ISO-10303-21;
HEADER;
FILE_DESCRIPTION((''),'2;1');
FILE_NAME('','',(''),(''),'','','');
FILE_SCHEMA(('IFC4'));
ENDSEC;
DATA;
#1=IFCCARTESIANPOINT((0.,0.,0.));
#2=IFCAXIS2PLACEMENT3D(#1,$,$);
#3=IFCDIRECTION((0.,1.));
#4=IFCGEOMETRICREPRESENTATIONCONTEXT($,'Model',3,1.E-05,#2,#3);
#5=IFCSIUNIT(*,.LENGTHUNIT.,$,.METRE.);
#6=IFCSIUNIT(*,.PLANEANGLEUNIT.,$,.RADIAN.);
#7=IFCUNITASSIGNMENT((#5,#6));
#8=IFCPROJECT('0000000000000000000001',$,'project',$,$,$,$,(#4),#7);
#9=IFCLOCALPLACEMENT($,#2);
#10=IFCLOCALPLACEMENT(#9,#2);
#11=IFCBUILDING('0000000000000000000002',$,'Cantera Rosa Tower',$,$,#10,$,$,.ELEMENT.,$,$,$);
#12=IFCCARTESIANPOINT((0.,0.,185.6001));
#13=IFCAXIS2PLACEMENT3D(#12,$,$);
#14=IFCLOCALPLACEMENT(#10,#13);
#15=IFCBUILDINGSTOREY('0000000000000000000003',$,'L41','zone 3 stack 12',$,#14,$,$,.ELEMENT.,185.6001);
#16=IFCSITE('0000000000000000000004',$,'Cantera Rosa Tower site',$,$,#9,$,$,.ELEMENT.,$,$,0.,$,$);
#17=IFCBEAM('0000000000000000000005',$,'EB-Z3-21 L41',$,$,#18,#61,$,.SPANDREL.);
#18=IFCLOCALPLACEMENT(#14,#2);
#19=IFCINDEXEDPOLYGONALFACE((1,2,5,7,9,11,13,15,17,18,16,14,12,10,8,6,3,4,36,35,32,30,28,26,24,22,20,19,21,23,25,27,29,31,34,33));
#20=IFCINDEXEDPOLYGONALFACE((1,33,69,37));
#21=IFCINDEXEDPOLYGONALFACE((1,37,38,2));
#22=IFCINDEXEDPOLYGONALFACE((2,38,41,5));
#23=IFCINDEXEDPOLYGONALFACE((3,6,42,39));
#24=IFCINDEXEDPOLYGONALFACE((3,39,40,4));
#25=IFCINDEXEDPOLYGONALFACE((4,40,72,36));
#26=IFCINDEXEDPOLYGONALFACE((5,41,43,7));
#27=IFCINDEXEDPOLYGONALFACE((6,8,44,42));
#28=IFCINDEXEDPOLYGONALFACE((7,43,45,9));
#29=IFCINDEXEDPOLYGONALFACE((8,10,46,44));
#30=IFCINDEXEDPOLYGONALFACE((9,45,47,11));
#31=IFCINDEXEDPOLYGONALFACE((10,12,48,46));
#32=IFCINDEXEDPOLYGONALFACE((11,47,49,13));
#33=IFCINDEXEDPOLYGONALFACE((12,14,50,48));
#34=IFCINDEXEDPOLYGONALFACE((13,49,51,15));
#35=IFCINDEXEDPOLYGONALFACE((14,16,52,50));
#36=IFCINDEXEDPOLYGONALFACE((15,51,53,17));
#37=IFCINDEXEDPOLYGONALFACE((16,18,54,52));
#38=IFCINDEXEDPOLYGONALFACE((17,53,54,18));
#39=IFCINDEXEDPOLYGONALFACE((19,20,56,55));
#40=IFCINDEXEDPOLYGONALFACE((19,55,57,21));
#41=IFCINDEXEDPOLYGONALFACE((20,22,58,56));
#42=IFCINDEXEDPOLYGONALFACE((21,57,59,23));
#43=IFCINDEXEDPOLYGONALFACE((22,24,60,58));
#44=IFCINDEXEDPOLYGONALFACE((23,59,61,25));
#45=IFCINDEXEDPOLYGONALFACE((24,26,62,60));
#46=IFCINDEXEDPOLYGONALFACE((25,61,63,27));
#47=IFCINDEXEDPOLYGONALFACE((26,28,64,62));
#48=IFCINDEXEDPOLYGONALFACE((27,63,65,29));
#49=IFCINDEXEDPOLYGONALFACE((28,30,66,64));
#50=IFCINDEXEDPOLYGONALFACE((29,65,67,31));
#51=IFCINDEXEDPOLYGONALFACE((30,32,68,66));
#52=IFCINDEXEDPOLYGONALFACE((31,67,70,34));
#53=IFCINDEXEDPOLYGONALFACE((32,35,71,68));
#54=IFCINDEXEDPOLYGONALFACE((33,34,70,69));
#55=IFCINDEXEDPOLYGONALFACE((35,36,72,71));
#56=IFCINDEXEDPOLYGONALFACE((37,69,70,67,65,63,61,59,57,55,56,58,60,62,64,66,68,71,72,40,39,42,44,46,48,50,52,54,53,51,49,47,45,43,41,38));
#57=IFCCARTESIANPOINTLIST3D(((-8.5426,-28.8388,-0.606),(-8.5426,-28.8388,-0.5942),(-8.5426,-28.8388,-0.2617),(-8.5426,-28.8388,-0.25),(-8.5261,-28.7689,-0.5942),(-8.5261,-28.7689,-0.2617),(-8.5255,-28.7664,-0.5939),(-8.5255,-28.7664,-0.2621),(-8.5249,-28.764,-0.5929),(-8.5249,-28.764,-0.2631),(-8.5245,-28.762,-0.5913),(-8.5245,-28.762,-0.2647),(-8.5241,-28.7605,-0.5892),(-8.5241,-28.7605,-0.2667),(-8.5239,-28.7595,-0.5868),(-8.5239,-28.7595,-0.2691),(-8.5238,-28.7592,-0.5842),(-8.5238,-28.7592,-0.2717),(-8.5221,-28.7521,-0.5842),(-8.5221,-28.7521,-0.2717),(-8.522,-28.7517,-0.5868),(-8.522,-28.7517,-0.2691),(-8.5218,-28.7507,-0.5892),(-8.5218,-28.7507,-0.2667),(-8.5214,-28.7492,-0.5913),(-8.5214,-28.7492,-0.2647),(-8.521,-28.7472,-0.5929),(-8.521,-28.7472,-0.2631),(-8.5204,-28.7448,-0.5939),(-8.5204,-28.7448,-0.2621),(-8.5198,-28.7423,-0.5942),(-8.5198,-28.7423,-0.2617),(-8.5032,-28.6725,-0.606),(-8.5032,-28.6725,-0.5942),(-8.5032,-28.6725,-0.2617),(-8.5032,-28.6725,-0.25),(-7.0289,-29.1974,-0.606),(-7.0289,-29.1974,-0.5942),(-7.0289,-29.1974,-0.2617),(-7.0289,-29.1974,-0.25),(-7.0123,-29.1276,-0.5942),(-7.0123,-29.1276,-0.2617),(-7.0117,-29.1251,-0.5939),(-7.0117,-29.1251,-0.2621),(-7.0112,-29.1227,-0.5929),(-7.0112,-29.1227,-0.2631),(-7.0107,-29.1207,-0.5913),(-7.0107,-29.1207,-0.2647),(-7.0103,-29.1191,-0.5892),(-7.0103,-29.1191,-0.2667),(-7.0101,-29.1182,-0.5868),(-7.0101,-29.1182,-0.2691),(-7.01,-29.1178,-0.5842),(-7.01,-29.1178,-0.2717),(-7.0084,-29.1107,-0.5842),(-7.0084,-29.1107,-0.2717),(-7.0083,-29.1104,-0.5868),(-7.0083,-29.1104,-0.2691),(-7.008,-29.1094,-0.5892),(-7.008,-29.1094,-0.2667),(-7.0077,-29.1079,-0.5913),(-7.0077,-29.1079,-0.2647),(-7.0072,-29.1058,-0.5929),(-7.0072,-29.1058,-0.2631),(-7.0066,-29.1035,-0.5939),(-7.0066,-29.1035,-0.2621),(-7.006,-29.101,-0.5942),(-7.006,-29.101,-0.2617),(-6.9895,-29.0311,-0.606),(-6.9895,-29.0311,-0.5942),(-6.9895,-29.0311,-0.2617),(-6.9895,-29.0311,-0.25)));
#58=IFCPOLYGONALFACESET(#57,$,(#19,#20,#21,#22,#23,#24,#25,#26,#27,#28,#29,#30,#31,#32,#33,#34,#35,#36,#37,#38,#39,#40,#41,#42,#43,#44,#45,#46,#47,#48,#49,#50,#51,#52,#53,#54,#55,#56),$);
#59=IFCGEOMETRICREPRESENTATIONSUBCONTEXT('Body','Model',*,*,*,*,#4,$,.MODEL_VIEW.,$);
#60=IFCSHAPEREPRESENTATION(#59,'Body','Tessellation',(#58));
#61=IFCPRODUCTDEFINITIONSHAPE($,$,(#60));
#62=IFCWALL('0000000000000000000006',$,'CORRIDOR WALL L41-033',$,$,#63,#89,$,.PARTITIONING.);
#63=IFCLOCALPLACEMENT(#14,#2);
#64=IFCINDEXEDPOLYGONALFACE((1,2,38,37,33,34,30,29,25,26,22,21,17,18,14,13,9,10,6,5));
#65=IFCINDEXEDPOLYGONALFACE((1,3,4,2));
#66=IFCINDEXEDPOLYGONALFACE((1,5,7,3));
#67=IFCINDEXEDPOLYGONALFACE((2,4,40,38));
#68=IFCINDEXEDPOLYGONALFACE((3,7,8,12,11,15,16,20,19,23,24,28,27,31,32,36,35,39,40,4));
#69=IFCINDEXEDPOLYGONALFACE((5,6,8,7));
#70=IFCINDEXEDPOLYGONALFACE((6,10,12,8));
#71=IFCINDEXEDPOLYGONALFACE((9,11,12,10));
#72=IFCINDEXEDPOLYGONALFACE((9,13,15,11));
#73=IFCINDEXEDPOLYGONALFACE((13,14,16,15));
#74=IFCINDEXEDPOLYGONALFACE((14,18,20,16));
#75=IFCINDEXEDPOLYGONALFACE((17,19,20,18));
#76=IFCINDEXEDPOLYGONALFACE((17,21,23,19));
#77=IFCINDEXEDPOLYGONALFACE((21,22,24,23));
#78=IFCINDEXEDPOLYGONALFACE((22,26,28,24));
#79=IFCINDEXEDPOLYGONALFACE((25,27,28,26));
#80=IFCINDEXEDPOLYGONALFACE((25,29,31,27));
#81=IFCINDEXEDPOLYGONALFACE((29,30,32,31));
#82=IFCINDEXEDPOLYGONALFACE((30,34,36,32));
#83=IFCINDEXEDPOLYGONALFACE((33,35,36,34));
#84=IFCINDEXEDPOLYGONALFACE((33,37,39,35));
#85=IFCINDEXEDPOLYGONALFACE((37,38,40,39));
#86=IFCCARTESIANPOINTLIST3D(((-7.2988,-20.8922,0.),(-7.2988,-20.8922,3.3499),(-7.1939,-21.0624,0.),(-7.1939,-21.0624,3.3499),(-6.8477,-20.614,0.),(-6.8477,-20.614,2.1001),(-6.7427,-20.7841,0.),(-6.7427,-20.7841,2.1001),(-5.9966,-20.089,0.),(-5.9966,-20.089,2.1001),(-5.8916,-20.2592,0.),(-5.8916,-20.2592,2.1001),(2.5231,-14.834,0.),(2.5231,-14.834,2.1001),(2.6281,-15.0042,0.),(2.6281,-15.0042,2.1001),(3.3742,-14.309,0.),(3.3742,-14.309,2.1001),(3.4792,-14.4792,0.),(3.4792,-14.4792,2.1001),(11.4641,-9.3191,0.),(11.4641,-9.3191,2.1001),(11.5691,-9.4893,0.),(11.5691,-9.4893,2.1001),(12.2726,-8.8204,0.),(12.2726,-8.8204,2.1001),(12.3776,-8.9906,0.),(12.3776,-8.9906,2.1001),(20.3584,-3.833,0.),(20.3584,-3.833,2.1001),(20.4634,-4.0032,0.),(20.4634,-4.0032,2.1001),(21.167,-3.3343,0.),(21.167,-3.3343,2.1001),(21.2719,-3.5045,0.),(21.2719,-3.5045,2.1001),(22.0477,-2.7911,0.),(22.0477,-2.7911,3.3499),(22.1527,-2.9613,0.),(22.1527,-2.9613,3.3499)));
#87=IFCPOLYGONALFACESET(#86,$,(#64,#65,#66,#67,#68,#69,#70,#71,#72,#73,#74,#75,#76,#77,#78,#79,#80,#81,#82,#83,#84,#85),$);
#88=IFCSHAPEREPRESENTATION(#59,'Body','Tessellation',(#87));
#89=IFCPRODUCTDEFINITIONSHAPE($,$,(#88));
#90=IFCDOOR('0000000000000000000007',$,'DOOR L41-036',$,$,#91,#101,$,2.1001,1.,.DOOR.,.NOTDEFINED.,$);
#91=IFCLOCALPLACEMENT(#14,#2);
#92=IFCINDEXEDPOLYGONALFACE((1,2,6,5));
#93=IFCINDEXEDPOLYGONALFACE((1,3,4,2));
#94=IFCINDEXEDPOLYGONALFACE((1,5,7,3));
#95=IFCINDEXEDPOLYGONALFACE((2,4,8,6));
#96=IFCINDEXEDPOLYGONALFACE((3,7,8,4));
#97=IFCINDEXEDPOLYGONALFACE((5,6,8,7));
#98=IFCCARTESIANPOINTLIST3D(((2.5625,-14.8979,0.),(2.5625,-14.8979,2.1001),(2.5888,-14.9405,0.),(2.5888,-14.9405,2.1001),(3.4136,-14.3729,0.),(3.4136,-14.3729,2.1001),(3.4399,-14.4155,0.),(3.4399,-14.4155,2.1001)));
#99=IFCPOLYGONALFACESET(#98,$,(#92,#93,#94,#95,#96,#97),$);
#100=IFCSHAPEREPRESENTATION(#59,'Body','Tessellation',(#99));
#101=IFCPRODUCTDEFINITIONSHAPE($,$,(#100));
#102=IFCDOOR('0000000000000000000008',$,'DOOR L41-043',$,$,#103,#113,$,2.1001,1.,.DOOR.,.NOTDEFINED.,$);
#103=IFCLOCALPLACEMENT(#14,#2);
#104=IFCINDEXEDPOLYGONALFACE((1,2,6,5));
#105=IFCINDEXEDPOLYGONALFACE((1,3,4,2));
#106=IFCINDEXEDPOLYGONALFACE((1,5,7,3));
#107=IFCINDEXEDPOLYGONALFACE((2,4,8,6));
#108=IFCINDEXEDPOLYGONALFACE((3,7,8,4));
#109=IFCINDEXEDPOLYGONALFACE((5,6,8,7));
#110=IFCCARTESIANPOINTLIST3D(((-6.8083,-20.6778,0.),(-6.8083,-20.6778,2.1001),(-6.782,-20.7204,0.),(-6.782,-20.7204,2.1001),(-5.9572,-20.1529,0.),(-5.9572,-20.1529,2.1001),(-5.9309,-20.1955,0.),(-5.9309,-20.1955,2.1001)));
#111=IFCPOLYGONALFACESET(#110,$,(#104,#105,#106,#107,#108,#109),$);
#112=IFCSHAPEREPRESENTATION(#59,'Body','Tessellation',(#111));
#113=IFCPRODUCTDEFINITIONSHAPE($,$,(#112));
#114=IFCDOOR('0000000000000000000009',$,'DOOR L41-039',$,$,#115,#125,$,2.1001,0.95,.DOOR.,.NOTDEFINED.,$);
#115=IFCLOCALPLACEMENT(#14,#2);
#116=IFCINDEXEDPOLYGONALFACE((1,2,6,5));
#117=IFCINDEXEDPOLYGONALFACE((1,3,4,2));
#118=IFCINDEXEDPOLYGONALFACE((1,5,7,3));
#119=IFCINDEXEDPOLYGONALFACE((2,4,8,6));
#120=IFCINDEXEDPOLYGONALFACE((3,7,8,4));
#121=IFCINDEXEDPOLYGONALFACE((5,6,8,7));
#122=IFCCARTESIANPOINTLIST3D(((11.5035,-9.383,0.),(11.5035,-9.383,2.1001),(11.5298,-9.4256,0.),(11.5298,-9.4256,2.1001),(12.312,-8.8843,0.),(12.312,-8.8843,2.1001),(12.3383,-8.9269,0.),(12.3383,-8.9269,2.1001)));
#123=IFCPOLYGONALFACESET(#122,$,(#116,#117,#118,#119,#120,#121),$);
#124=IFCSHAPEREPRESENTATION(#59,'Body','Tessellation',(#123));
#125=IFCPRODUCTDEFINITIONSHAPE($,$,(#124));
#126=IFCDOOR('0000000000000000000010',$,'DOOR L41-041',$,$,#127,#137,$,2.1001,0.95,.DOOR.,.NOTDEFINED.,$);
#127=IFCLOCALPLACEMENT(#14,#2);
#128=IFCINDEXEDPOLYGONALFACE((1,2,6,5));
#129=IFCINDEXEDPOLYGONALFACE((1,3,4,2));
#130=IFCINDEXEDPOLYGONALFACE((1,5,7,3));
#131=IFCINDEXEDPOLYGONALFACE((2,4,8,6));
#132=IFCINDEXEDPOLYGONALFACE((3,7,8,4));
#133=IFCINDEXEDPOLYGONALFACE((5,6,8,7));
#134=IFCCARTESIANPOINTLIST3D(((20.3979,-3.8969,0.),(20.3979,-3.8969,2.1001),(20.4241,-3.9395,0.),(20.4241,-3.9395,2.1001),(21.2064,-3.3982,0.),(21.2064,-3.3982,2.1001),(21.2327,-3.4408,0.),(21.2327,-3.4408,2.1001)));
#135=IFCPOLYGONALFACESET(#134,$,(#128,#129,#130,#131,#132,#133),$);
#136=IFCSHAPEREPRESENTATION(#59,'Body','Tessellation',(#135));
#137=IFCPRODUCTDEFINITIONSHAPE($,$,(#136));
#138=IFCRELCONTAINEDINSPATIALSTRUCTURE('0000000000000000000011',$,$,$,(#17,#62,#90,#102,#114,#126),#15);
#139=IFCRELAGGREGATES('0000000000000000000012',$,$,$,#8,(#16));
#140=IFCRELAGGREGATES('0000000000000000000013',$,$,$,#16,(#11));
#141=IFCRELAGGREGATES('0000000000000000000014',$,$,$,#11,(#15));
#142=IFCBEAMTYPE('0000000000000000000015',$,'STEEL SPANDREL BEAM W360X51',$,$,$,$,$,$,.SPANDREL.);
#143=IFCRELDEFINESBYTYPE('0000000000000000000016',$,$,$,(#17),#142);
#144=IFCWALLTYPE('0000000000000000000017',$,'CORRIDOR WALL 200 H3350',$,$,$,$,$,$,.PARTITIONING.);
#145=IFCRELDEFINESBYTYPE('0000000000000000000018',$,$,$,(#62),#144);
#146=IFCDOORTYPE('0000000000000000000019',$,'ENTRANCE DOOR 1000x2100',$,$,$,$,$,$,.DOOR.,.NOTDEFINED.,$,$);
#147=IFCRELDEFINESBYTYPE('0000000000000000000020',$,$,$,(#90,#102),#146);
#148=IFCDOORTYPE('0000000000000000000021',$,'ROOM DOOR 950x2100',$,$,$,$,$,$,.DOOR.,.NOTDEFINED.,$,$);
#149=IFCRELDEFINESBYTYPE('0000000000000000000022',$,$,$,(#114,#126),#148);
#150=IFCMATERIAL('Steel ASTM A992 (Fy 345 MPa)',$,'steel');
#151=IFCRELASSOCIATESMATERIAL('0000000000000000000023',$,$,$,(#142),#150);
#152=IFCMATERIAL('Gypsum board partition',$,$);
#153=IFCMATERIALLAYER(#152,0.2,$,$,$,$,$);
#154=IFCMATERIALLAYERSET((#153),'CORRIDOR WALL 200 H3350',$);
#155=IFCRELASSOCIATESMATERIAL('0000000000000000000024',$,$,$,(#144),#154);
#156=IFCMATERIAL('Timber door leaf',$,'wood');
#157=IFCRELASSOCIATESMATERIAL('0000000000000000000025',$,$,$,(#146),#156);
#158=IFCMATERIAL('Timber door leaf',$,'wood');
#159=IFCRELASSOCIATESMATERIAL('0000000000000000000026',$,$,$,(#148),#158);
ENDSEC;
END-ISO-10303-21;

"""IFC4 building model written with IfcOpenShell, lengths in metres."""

from ifc_helpers import new_model, si_unit, direction, frame, frame_2d, origin, origin_2d, place, context, subcontext, project, spatial, rectangle, i_section, extrude, material, layer, layer_set, material_profile, profile_set, type_object, element, fill, save


model = new_model("IFC4")

# Units and contexts
model_context = context("Model", 3, precision=1e-05, world=origin(), true_north=direction((0.0, 1.0)))
body_context = subcontext(model_context, "Body", "Model", "MODEL_VIEW")
ifc_project = project(units=[si_unit("LENGTHUNIT", "METRE"), si_unit("PLANEANGLEUNIT", "RADIAN")], contexts=[model_context])

# Site, building, storey
site_placement = place(None, origin())
site = spatial("IfcSite", under=ifc_project, at=site_placement, Name="Cantera Rosa Tower site", CompositionType="ELEMENT", RefElevation=0.0)
building_placement = place(site_placement, origin())
building = spatial("IfcBuilding", under=site, at=building_placement, Name="Cantera Rosa Tower", CompositionType="ELEMENT")
storey_placement = place(building_placement, frame((0.0, 0.0, 185.6001)))
storey = spatial("IfcBuildingStorey", under=building, at=storey_placement, Name="L41", Description="zone 3 stack 12", CompositionType="ELEMENT", Elevation=185.6001)

# Beam
ifc_material_1 = material(Name="Steel ASTM A992 (Fy 345 MPa)", Category="steel")
ifc_material_profile_1 = material_profile(ifc_material_1, i_section(OverallWidth=0.1709, OverallDepth=0.356, WebThickness=0.0073, FlangeThickness=0.0117, FilletRadius=0.01, at=origin_2d()), Name="W360X51")
ifc_profile_set_1 = profile_set([ifc_material_profile_1], Name="Steel ASTM A992 (Fy 345 MPa)")
beam_type_1 = type_object("IfcBeamType", Name="STEEL SPANDREL BEAM W360X51", PredefinedType="SPANDREL", material=ifc_profile_set_1)
beam_1_placement = place(storey_placement, frame((-8.5229, -28.7556, -0.428), z_axis=(0.97306, -0.230552, 0.0), x_axis=(0.230552, 0.97306, 0.0)))
element("IfcBeam", 1, at=beam_1_placement, inside=storey, type_object=beam_type_1, Name="EB-Z3-21 L41", PredefinedType="SPANDREL", context=body_context, shape_type="SweptSolid", body=[
    extrude(i_section(OverallWidth=0.1709, OverallDepth=0.356, WebThickness=0.0073, FlangeThickness=0.0117, FilletRadius=0.01, at=origin_2d()), origin(), (0.0, 0.0, 1.0), 1.5557),
])

# Wall, openings, doors
ifc_material_2 = material(Name="Gypsum board partition")
ifc_layer_1 = layer(ifc_material_2, 0.2)
ifc_layer_set_1 = layer_set([ifc_layer_1], Name="CORRIDOR WALL 200 H3350")
wall_type_1 = type_object("IfcWallType", Name="CORRIDOR WALL 200 H3350", PredefinedType="PARTITIONING", material=ifc_layer_set_1)
wall_1_placement = place(storey_placement, frame((-7.2463, -20.9773, 0.0), z_axis=(0.0, 0.0, 1.0), x_axis=(0.851118, 0.524975, 0.0)))
wall_1 = element("IfcWall", 2, at=wall_1_placement, inside=storey, type_object=wall_type_1, Name="CORRIDOR WALL L41-033", PredefinedType="PARTITIONING", context=body_context, shape_type="SweptSolid", body=[
    extrude(rectangle(XDim=34.48, YDim=0.2, at=frame_2d((17.24, 0.0))), origin(), (0.0, 0.0, 1.0), 3.3499),
])
opening_1_placement = place(wall_1_placement, frame((11.54, 0.0, 0.0)))
opening_1 = element("IfcOpeningElement", 3, at=opening_1_placement, cuts=wall_1, PredefinedType="OPENING", context=body_context, shape_type="SweptSolid", body=[
    extrude(rectangle(XDim=1.0, YDim=2.1001, at=frame_2d((0.5, 1.05))), frame((0.0, 0.1099, 0.0), z_axis=(0.0, -1.0, 0.0), x_axis=(1.0, 0.0, 0.0)), (0.0, 0.0, 1.0), 0.22),
])
opening_2_placement = place(wall_1_placement, frame((22.0449, 0.0, 0.0)))
opening_2 = element("IfcOpeningElement", 4, at=opening_2_placement, cuts=wall_1, PredefinedType="OPENING", context=body_context, shape_type="SweptSolid", body=[
    extrude(rectangle(XDim=0.95, YDim=2.1001, at=frame_2d((0.4751, 1.05))), frame((0.0, 0.1099, 0.0), z_axis=(0.0, -1.0, 0.0), x_axis=(1.0, 0.0, 0.0)), (0.0, 0.0, 1.0), 0.22),
])
opening_3_placement = place(wall_1_placement, frame((32.4951, 0.0, 0.0)))
opening_3 = element("IfcOpeningElement", 5, at=opening_3_placement, cuts=wall_1, PredefinedType="OPENING", context=body_context, shape_type="SweptSolid", body=[
    extrude(rectangle(XDim=0.95, YDim=2.1001, at=frame_2d((0.4751, 1.05))), frame((0.0, 0.1099, 0.0), z_axis=(0.0, -1.0, 0.0), x_axis=(1.0, 0.0, 0.0)), (0.0, 0.0, 1.0), 0.22),
])
opening_4_placement = place(wall_1_placement, frame((0.53, 0.0, 0.0)))
opening_4 = element("IfcOpeningElement", 6, at=opening_4_placement, cuts=wall_1, PredefinedType="OPENING", context=body_context, shape_type="SweptSolid", body=[
    extrude(rectangle(XDim=1.0, YDim=2.1001, at=frame_2d((0.5, 1.05))), frame((0.0, 0.1099, 0.0), z_axis=(0.0, -1.0, 0.0), x_axis=(1.0, 0.0, 0.0)), (0.0, 0.0, 1.0), 0.22),
])
ifc_material_3 = material(Name="Timber door leaf", Category="wood")
door_type_1 = type_object("IfcDoorType", Name="ENTRANCE DOOR 1000x2100", OperationType="NOTDEFINED", PredefinedType="DOOR", material=ifc_material_3)
door_1_placement = place(opening_1_placement, origin())
door_1 = element("IfcDoor", 7, at=door_1_placement, inside=storey, type_object=door_type_1, Name="DOOR L41-036", OperationType="NOTDEFINED", OverallHeight=2.1001, OverallWidth=1.0, PredefinedType="DOOR", context=body_context, shape_type="SweptSolid", body=[
    extrude(rectangle(XDim=1.0, YDim=2.1001, at=frame_2d((0.5, 1.05))), frame((0.0, 0.0249, 0.0), z_axis=(0.0, -1.0, 0.0), x_axis=(1.0, 0.0, 0.0)), (0.0, 0.0, 1.0), 0.05),
])
fill(opening_1, door_1)
door_2_placement = place(opening_4_placement, origin())
door_2 = element("IfcDoor", 8, at=door_2_placement, inside=storey, type_object=door_type_1, Name="DOOR L41-043", OperationType="NOTDEFINED", OverallHeight=2.1001, OverallWidth=1.0, PredefinedType="DOOR", context=body_context, shape_type="SweptSolid", body=[
    extrude(rectangle(XDim=1.0, YDim=2.1001, at=frame_2d((0.5, 1.05))), frame((0.0, 0.0249, 0.0), z_axis=(0.0, -1.0, 0.0), x_axis=(1.0, 0.0, 0.0)), (0.0, 0.0, 1.0), 0.05),
])
fill(opening_4, door_2)
ifc_material_4 = material(Name="Timber door leaf", Category="wood")
door_type_2 = type_object("IfcDoorType", Name="ROOM DOOR 950x2100", OperationType="NOTDEFINED", PredefinedType="DOOR", material=ifc_material_4)
door_3_placement = place(opening_2_placement, origin())
door_3 = element("IfcDoor", 9, at=door_3_placement, inside=storey, type_object=door_type_2, Name="DOOR L41-039", OperationType="NOTDEFINED", OverallHeight=2.1001, OverallWidth=0.95, PredefinedType="DOOR", context=body_context, shape_type="SweptSolid", body=[
    extrude(rectangle(XDim=0.95, YDim=2.1001, at=frame_2d((0.4751, 1.05))), frame((0.0, 0.0249, 0.0), z_axis=(0.0, -1.0, 0.0), x_axis=(1.0, 0.0, 0.0)), (0.0, 0.0, 1.0), 0.05),
])
fill(opening_2, door_3)
door_4_placement = place(opening_3_placement, origin())
door_4 = element("IfcDoor", 10, at=door_4_placement, inside=storey, type_object=door_type_2, Name="DOOR L41-041", OperationType="NOTDEFINED", OverallHeight=2.1001, OverallWidth=0.95, PredefinedType="DOOR", context=body_context, shape_type="SweptSolid", body=[
    extrude(rectangle(XDim=0.95, YDim=2.1001, at=frame_2d((0.4751, 1.05))), frame((0.0, 0.0249, 0.0), z_axis=(0.0, -1.0, 0.0), x_axis=(1.0, 0.0, 0.0)), (0.0, 0.0, 1.0), 0.05),
])
fill(opening_3, door_4)

save(model, "model.ifc")
